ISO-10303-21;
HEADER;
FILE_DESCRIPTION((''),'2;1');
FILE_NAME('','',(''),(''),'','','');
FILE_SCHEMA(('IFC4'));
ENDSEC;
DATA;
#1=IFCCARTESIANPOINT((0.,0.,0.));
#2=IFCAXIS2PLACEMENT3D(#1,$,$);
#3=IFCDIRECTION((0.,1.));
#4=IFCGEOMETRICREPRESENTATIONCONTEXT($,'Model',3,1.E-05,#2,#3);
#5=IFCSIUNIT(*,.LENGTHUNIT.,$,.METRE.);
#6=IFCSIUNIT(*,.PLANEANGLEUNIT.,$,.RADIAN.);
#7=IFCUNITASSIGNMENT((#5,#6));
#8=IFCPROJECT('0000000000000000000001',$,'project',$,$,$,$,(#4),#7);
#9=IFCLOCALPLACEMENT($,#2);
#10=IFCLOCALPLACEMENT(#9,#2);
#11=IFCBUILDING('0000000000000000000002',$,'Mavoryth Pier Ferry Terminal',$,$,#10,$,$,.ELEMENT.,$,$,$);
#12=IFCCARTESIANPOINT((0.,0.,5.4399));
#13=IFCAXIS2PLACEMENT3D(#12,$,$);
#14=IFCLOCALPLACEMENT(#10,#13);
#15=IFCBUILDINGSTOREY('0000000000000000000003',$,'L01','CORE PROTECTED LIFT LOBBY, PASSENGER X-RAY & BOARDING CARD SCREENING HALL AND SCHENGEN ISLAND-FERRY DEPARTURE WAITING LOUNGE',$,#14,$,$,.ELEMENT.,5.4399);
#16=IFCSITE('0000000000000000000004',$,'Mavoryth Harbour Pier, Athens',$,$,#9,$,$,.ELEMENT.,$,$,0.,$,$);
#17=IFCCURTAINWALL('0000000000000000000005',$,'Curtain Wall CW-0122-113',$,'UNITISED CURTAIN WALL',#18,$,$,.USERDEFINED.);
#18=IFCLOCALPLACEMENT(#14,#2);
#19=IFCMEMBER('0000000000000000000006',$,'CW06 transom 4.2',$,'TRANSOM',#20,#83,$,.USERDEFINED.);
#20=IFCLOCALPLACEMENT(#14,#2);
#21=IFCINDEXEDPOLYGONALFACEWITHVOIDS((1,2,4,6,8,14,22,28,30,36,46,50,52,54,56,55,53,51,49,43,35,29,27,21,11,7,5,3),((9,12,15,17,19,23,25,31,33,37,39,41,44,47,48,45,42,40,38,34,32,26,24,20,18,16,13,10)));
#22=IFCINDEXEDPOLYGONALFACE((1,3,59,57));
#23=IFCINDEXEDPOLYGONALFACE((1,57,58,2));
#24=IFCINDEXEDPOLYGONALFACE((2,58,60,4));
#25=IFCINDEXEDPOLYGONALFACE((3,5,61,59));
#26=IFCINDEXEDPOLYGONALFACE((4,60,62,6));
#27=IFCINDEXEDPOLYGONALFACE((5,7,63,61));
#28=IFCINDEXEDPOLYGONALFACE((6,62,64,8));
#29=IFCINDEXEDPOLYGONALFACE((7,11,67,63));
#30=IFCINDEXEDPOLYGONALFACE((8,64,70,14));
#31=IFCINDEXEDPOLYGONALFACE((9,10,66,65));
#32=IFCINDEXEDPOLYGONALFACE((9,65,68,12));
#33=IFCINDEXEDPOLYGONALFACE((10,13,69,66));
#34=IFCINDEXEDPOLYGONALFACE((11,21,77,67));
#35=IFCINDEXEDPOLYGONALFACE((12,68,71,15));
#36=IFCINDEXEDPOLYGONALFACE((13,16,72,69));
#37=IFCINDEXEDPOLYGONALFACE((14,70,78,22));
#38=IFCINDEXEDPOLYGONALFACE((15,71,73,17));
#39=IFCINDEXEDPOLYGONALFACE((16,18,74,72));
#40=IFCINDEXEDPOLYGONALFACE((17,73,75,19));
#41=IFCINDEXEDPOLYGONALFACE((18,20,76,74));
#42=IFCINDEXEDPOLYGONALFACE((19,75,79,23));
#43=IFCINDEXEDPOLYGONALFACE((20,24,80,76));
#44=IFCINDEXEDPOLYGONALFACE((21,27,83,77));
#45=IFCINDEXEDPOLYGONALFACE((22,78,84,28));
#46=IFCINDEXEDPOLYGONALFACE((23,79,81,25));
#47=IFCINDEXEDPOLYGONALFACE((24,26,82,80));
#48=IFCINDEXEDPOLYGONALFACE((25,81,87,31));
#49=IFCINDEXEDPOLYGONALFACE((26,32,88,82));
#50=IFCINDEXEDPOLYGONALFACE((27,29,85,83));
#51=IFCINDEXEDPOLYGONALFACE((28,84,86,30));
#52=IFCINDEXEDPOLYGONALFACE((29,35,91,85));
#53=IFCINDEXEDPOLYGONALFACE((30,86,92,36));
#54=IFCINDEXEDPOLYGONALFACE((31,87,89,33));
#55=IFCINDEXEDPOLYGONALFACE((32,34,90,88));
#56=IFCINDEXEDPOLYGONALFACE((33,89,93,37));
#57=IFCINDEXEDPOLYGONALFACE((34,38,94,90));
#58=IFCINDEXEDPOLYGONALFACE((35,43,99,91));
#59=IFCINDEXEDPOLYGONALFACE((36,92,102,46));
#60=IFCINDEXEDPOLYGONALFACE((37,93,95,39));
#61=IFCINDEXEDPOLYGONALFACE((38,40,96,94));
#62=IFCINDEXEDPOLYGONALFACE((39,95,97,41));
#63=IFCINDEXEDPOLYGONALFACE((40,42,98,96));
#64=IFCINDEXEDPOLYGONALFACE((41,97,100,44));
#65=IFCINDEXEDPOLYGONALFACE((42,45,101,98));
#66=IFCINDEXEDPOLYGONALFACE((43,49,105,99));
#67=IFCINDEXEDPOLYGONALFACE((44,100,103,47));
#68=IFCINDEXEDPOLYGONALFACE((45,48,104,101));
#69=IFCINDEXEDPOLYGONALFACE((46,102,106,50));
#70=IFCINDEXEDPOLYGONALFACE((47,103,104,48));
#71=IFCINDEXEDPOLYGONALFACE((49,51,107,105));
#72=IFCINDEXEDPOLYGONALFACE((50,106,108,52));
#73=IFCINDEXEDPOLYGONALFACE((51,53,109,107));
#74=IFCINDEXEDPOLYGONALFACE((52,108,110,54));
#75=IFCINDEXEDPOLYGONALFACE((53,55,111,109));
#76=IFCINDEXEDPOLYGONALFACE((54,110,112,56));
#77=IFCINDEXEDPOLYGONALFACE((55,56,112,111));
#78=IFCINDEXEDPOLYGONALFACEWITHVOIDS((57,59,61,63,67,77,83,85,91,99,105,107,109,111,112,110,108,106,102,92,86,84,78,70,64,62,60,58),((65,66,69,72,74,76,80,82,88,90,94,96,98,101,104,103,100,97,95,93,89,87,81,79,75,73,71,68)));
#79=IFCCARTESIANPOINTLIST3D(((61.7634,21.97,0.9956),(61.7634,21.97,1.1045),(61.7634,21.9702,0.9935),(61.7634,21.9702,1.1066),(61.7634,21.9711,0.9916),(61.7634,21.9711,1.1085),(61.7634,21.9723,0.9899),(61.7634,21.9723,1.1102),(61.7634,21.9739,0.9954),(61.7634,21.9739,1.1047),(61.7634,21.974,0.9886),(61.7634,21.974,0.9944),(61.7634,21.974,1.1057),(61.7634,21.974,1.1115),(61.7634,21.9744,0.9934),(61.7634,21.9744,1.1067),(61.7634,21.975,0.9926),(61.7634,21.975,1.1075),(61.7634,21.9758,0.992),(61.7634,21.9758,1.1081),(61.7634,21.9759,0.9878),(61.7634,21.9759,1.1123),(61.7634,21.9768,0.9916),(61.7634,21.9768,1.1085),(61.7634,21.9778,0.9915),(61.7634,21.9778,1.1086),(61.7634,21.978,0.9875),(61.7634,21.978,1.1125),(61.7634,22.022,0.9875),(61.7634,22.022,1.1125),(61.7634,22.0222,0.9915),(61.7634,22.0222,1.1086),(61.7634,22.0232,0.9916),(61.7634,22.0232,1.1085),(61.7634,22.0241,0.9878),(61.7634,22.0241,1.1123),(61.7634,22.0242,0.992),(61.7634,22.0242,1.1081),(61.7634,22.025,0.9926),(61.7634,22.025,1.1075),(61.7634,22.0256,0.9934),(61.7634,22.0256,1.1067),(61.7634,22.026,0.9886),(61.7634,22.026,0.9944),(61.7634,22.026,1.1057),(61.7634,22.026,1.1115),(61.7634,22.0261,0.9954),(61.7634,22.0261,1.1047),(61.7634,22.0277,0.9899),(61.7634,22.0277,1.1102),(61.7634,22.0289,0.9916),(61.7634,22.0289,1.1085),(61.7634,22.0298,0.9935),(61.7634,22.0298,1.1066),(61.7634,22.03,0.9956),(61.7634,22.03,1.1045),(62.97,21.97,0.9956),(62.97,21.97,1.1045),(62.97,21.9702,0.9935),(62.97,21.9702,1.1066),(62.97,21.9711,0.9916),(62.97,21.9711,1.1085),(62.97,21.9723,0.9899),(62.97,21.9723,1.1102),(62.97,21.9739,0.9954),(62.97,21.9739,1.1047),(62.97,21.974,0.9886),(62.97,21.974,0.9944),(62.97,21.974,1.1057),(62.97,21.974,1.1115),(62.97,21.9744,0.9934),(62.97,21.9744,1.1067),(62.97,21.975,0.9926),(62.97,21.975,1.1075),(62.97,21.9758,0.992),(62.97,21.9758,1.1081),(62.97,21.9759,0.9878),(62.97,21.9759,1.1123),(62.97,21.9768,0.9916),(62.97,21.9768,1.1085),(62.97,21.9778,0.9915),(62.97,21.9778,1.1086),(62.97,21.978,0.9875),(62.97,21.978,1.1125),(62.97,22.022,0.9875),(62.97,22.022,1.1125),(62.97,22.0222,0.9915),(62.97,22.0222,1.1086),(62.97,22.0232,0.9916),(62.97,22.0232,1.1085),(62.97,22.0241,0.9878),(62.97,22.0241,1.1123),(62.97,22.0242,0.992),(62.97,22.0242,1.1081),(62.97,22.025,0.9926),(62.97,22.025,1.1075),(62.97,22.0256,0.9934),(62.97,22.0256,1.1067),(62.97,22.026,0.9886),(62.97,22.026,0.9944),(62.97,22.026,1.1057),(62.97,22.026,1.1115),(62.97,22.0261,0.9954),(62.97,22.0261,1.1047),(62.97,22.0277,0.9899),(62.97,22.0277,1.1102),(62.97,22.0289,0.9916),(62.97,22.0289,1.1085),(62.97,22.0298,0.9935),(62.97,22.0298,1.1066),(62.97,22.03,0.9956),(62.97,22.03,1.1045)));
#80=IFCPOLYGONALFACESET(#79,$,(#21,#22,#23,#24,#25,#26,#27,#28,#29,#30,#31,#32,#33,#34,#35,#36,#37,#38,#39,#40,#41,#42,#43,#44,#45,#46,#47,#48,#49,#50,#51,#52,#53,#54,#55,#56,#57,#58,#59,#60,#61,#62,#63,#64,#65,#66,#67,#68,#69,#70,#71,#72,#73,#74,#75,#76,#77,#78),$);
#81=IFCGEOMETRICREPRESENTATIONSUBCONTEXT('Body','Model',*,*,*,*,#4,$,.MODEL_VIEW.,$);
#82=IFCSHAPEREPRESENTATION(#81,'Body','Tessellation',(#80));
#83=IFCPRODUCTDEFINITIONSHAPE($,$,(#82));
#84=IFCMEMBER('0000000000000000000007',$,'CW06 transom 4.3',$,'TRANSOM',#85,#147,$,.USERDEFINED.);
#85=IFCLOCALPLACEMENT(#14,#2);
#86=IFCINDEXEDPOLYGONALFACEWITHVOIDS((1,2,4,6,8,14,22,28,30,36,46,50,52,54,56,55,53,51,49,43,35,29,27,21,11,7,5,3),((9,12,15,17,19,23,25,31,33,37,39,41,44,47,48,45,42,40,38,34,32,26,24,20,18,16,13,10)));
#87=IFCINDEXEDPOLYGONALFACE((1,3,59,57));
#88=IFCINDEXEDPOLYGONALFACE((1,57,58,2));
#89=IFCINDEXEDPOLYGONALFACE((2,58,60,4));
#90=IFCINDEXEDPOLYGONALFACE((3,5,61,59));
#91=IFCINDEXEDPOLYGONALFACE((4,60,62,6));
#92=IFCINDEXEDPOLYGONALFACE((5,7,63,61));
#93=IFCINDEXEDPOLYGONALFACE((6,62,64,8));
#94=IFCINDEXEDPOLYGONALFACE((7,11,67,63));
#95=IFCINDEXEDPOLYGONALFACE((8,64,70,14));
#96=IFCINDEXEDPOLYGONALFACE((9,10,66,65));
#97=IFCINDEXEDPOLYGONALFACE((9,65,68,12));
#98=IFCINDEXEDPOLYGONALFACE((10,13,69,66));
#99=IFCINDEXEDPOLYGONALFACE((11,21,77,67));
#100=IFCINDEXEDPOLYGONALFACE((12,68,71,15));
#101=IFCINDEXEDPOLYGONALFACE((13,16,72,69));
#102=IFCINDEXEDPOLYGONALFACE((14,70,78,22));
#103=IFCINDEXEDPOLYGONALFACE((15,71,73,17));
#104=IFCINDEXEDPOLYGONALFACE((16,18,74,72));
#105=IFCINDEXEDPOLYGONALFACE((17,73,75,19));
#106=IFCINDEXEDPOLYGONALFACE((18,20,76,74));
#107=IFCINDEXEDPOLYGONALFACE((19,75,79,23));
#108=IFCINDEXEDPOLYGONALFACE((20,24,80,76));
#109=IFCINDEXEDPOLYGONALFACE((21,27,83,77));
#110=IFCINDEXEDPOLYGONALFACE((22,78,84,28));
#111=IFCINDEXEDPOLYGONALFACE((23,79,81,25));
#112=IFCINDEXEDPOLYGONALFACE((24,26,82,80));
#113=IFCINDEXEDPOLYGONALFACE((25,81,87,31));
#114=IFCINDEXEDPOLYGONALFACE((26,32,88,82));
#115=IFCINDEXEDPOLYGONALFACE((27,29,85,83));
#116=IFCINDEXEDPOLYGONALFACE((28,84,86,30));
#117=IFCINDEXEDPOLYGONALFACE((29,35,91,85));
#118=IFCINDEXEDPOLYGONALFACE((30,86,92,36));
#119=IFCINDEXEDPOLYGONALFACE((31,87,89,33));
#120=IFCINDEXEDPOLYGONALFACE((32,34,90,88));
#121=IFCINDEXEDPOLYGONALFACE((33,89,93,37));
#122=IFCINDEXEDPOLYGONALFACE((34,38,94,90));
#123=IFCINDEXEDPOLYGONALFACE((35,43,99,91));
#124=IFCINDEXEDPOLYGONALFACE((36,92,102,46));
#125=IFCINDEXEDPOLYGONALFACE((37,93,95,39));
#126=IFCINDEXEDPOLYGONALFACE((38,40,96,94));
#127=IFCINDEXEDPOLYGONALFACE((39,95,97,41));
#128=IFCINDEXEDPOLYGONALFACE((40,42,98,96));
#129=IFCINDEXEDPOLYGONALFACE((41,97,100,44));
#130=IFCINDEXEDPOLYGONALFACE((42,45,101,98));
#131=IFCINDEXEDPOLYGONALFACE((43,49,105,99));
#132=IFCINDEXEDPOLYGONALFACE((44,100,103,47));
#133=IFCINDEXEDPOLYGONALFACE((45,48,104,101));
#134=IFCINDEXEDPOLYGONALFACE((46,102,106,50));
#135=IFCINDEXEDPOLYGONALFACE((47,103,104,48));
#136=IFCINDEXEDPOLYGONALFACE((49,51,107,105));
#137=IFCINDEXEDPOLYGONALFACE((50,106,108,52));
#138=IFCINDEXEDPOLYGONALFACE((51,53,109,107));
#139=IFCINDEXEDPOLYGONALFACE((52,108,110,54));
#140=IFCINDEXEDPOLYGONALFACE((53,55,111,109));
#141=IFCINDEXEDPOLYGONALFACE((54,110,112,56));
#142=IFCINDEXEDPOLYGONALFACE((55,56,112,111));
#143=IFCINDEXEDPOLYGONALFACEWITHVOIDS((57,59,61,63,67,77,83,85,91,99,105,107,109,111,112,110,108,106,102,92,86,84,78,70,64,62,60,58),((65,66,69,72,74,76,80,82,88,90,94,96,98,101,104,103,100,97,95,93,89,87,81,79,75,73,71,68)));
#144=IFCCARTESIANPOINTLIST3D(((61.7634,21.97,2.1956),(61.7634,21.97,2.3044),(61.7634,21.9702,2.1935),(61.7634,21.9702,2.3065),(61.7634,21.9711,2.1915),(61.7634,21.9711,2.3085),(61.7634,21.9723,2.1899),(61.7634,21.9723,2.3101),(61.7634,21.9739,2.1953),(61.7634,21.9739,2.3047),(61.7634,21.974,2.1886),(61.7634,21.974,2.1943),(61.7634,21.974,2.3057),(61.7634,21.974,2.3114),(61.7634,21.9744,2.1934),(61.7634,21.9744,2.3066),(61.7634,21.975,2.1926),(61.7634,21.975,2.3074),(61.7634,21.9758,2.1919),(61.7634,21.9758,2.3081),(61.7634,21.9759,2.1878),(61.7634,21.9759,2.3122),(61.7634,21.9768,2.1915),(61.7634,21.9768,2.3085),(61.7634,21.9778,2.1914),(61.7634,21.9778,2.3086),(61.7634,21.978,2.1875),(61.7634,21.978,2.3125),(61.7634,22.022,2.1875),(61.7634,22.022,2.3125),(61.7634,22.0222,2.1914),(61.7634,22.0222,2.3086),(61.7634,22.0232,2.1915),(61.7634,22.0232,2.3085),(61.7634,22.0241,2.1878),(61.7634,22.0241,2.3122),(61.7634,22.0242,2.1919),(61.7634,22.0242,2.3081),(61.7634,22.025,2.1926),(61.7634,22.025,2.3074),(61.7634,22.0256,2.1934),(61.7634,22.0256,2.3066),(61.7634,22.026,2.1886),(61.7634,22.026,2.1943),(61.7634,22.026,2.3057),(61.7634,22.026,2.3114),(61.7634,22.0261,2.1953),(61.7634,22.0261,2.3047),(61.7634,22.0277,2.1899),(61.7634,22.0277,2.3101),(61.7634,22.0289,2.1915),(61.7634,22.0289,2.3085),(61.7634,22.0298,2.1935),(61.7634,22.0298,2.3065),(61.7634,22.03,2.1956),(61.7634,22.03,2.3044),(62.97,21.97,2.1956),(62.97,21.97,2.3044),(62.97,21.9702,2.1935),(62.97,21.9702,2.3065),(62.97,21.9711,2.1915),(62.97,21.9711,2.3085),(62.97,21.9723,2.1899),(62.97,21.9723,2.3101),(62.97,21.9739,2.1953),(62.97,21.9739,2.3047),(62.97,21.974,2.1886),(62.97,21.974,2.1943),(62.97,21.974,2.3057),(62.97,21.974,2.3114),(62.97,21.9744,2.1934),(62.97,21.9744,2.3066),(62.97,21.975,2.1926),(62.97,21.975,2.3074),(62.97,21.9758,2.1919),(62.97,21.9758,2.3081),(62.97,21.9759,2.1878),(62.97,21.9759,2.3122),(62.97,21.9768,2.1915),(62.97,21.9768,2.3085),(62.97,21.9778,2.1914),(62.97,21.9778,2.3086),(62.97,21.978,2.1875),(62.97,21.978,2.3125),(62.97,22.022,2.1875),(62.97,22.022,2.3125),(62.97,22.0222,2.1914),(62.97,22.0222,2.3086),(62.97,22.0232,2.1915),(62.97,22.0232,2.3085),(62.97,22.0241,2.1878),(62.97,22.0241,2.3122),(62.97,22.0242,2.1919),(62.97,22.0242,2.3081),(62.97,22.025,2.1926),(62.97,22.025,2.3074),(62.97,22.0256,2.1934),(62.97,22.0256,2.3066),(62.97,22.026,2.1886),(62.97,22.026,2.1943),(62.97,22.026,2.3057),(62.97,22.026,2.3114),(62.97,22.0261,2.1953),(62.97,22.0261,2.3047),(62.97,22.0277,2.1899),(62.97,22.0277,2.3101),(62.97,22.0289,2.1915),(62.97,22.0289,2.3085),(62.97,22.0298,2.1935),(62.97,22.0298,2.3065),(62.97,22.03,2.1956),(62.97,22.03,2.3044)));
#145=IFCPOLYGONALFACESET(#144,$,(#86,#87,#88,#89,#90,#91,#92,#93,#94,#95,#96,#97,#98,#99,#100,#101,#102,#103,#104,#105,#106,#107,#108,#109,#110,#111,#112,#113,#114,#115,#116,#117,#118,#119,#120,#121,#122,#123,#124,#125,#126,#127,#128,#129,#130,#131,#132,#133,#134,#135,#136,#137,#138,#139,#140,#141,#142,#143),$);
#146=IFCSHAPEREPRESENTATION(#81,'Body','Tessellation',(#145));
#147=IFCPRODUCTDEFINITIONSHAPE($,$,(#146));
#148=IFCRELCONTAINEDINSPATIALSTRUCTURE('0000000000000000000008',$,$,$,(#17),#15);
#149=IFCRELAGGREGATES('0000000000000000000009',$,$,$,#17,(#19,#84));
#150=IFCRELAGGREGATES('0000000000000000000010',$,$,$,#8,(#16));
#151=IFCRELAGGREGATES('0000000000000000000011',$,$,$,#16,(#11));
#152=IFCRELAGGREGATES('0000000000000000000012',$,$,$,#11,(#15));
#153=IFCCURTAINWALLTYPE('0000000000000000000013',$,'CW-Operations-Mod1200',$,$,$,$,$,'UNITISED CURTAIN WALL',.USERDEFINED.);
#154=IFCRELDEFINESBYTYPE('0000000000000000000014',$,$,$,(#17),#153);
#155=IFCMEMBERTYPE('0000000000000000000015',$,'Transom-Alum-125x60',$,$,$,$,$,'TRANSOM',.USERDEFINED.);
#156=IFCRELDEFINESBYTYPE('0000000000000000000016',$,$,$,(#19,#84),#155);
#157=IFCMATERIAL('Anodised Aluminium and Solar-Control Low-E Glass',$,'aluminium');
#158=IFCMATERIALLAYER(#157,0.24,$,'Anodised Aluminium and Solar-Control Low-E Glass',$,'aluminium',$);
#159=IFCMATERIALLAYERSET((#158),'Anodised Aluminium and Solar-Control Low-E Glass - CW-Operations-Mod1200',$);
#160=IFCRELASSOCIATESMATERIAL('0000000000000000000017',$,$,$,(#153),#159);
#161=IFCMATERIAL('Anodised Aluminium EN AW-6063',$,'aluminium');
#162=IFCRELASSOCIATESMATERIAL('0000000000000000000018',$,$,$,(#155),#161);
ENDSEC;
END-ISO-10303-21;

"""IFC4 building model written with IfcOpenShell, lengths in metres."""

from ifc_helpers import new_model, si_unit, direction, frame, origin, origin_2d, place, context, subcontext, project, spatial, hollow_rectangle, extrude, material, layer, layer_set, material_profile, profile_set, type_object, element, aggregate, save


model = new_model("IFC4")

# Units and contexts
model_context = context("Model", 3, precision=1e-05, world=origin(), true_north=direction((0.0, 1.0)))
body_context = subcontext(model_context, "Body", "Model", "MODEL_VIEW")
ifc_project = project(units=[si_unit("LENGTHUNIT", "METRE"), si_unit("PLANEANGLEUNIT", "RADIAN")], contexts=[model_context])

# Site, building, storey
site_placement = place(None, origin())
site = spatial("IfcSite", under=ifc_project, at=site_placement, Name="Mavoryth Harbour Pier, Athens", CompositionType="ELEMENT", RefElevation=0.0)
building_placement = place(site_placement, origin())
building = spatial("IfcBuilding", under=site, at=building_placement, Name="Mavoryth Pier Ferry Terminal", CompositionType="ELEMENT")
storey_placement = place(building_placement, frame((0.0, 0.0, 5.4399)))
storey = spatial("IfcBuildingStorey", under=building, at=storey_placement, Name="L01", Description="CORE PROTECTED LIFT LOBBY, PASSENGER X-RAY & BOARDING CARD SCREENING HALL AND SCHENGEN ISLAND-FERRY DEPARTURE WAITING LOUNGE", CompositionType="ELEMENT", Elevation=5.4399)

# Curtain wall, members
ifc_material_1 = material(Name="Anodised Aluminium and Solar-Control Low-E Glass", Category="aluminium")
ifc_layer_1 = layer(ifc_material_1, 0.24, Name="Anodised Aluminium and Solar-Control Low-E Glass", Category="aluminium")
ifc_layer_set_1 = layer_set([ifc_layer_1], Name="Anodised Aluminium and Solar-Control Low-E Glass - CW-Operations-Mod1200")
curtain_wall_type = type_object("IfcCurtainWallType", Name="CW-Operations-Mod1200", ElementType="UNITISED CURTAIN WALL", PredefinedType="USERDEFINED", material=ifc_layer_set_1)
curtain_wall_placement = place(storey_placement, origin())
curtain_wall = element("IfcCurtainWall", 1, at=curtain_wall_placement, inside=storey, type_object=curtain_wall_type, Name="Curtain Wall CW-0122-113", ObjectType="UNITISED CURTAIN WALL", PredefinedType="USERDEFINED")
ifc_material_2 = material(Name="Anodised Aluminium EN AW-6063", Category="aluminium")
ifc_material_profile_1 = material_profile(ifc_material_2, hollow_rectangle(XDim=0.0601, YDim=0.125, WallThickness=0.0039, InnerFilletRadius=0.0039, OuterFilletRadius=0.0081, at=origin_2d()), Name="AL-TRAN 125x60x4", Category="aluminium")
ifc_profile_set_1 = profile_set([ifc_material_profile_1], Name="Anodised Aluminium EN AW-6063 - AL-TRAN 125x60x4")
member_type_1 = type_object("IfcMemberType", Name="Transom-Alum-125x60", ElementType="TRANSOM", PredefinedType="USERDEFINED", material=ifc_profile_set_1)
member_1_placement = place(storey_placement, frame((62.97, 22.0, 1.05), z_axis=(-1.0, 0.0, 0.0), x_axis=(0.0, -1.0, 0.0)))
member_1 = element("IfcMember", 2, at=member_1_placement, type_object=member_type_1, Name="CW06 transom 4.2", ObjectType="TRANSOM", PredefinedType="USERDEFINED", context=body_context, shape_type="SweptSolid", body=[
    extrude(hollow_rectangle(XDim=0.0601, YDim=0.125, WallThickness=0.0039, InnerFilletRadius=0.0039, OuterFilletRadius=0.0081, at=origin_2d()), origin(), (0.0, 0.0, 1.0), 1.2065),
])
member_2_placement = place(storey_placement, frame((62.97, 22.0, 2.25), z_axis=(-1.0, 0.0, 0.0), x_axis=(0.0, -1.0, 0.0)))
member_2 = element("IfcMember", 3, at=member_2_placement, type_object=member_type_1, Name="CW06 transom 4.3", ObjectType="TRANSOM", PredefinedType="USERDEFINED", context=body_context, shape_type="SweptSolid", body=[
    extrude(hollow_rectangle(XDim=0.0601, YDim=0.125, WallThickness=0.0039, InnerFilletRadius=0.0039, OuterFilletRadius=0.0081, at=origin_2d()), origin(), (0.0, 0.0, 1.0), 1.2065),
])
aggregate(curtain_wall, [member_1, member_2])

save(model, "model.ifc")
